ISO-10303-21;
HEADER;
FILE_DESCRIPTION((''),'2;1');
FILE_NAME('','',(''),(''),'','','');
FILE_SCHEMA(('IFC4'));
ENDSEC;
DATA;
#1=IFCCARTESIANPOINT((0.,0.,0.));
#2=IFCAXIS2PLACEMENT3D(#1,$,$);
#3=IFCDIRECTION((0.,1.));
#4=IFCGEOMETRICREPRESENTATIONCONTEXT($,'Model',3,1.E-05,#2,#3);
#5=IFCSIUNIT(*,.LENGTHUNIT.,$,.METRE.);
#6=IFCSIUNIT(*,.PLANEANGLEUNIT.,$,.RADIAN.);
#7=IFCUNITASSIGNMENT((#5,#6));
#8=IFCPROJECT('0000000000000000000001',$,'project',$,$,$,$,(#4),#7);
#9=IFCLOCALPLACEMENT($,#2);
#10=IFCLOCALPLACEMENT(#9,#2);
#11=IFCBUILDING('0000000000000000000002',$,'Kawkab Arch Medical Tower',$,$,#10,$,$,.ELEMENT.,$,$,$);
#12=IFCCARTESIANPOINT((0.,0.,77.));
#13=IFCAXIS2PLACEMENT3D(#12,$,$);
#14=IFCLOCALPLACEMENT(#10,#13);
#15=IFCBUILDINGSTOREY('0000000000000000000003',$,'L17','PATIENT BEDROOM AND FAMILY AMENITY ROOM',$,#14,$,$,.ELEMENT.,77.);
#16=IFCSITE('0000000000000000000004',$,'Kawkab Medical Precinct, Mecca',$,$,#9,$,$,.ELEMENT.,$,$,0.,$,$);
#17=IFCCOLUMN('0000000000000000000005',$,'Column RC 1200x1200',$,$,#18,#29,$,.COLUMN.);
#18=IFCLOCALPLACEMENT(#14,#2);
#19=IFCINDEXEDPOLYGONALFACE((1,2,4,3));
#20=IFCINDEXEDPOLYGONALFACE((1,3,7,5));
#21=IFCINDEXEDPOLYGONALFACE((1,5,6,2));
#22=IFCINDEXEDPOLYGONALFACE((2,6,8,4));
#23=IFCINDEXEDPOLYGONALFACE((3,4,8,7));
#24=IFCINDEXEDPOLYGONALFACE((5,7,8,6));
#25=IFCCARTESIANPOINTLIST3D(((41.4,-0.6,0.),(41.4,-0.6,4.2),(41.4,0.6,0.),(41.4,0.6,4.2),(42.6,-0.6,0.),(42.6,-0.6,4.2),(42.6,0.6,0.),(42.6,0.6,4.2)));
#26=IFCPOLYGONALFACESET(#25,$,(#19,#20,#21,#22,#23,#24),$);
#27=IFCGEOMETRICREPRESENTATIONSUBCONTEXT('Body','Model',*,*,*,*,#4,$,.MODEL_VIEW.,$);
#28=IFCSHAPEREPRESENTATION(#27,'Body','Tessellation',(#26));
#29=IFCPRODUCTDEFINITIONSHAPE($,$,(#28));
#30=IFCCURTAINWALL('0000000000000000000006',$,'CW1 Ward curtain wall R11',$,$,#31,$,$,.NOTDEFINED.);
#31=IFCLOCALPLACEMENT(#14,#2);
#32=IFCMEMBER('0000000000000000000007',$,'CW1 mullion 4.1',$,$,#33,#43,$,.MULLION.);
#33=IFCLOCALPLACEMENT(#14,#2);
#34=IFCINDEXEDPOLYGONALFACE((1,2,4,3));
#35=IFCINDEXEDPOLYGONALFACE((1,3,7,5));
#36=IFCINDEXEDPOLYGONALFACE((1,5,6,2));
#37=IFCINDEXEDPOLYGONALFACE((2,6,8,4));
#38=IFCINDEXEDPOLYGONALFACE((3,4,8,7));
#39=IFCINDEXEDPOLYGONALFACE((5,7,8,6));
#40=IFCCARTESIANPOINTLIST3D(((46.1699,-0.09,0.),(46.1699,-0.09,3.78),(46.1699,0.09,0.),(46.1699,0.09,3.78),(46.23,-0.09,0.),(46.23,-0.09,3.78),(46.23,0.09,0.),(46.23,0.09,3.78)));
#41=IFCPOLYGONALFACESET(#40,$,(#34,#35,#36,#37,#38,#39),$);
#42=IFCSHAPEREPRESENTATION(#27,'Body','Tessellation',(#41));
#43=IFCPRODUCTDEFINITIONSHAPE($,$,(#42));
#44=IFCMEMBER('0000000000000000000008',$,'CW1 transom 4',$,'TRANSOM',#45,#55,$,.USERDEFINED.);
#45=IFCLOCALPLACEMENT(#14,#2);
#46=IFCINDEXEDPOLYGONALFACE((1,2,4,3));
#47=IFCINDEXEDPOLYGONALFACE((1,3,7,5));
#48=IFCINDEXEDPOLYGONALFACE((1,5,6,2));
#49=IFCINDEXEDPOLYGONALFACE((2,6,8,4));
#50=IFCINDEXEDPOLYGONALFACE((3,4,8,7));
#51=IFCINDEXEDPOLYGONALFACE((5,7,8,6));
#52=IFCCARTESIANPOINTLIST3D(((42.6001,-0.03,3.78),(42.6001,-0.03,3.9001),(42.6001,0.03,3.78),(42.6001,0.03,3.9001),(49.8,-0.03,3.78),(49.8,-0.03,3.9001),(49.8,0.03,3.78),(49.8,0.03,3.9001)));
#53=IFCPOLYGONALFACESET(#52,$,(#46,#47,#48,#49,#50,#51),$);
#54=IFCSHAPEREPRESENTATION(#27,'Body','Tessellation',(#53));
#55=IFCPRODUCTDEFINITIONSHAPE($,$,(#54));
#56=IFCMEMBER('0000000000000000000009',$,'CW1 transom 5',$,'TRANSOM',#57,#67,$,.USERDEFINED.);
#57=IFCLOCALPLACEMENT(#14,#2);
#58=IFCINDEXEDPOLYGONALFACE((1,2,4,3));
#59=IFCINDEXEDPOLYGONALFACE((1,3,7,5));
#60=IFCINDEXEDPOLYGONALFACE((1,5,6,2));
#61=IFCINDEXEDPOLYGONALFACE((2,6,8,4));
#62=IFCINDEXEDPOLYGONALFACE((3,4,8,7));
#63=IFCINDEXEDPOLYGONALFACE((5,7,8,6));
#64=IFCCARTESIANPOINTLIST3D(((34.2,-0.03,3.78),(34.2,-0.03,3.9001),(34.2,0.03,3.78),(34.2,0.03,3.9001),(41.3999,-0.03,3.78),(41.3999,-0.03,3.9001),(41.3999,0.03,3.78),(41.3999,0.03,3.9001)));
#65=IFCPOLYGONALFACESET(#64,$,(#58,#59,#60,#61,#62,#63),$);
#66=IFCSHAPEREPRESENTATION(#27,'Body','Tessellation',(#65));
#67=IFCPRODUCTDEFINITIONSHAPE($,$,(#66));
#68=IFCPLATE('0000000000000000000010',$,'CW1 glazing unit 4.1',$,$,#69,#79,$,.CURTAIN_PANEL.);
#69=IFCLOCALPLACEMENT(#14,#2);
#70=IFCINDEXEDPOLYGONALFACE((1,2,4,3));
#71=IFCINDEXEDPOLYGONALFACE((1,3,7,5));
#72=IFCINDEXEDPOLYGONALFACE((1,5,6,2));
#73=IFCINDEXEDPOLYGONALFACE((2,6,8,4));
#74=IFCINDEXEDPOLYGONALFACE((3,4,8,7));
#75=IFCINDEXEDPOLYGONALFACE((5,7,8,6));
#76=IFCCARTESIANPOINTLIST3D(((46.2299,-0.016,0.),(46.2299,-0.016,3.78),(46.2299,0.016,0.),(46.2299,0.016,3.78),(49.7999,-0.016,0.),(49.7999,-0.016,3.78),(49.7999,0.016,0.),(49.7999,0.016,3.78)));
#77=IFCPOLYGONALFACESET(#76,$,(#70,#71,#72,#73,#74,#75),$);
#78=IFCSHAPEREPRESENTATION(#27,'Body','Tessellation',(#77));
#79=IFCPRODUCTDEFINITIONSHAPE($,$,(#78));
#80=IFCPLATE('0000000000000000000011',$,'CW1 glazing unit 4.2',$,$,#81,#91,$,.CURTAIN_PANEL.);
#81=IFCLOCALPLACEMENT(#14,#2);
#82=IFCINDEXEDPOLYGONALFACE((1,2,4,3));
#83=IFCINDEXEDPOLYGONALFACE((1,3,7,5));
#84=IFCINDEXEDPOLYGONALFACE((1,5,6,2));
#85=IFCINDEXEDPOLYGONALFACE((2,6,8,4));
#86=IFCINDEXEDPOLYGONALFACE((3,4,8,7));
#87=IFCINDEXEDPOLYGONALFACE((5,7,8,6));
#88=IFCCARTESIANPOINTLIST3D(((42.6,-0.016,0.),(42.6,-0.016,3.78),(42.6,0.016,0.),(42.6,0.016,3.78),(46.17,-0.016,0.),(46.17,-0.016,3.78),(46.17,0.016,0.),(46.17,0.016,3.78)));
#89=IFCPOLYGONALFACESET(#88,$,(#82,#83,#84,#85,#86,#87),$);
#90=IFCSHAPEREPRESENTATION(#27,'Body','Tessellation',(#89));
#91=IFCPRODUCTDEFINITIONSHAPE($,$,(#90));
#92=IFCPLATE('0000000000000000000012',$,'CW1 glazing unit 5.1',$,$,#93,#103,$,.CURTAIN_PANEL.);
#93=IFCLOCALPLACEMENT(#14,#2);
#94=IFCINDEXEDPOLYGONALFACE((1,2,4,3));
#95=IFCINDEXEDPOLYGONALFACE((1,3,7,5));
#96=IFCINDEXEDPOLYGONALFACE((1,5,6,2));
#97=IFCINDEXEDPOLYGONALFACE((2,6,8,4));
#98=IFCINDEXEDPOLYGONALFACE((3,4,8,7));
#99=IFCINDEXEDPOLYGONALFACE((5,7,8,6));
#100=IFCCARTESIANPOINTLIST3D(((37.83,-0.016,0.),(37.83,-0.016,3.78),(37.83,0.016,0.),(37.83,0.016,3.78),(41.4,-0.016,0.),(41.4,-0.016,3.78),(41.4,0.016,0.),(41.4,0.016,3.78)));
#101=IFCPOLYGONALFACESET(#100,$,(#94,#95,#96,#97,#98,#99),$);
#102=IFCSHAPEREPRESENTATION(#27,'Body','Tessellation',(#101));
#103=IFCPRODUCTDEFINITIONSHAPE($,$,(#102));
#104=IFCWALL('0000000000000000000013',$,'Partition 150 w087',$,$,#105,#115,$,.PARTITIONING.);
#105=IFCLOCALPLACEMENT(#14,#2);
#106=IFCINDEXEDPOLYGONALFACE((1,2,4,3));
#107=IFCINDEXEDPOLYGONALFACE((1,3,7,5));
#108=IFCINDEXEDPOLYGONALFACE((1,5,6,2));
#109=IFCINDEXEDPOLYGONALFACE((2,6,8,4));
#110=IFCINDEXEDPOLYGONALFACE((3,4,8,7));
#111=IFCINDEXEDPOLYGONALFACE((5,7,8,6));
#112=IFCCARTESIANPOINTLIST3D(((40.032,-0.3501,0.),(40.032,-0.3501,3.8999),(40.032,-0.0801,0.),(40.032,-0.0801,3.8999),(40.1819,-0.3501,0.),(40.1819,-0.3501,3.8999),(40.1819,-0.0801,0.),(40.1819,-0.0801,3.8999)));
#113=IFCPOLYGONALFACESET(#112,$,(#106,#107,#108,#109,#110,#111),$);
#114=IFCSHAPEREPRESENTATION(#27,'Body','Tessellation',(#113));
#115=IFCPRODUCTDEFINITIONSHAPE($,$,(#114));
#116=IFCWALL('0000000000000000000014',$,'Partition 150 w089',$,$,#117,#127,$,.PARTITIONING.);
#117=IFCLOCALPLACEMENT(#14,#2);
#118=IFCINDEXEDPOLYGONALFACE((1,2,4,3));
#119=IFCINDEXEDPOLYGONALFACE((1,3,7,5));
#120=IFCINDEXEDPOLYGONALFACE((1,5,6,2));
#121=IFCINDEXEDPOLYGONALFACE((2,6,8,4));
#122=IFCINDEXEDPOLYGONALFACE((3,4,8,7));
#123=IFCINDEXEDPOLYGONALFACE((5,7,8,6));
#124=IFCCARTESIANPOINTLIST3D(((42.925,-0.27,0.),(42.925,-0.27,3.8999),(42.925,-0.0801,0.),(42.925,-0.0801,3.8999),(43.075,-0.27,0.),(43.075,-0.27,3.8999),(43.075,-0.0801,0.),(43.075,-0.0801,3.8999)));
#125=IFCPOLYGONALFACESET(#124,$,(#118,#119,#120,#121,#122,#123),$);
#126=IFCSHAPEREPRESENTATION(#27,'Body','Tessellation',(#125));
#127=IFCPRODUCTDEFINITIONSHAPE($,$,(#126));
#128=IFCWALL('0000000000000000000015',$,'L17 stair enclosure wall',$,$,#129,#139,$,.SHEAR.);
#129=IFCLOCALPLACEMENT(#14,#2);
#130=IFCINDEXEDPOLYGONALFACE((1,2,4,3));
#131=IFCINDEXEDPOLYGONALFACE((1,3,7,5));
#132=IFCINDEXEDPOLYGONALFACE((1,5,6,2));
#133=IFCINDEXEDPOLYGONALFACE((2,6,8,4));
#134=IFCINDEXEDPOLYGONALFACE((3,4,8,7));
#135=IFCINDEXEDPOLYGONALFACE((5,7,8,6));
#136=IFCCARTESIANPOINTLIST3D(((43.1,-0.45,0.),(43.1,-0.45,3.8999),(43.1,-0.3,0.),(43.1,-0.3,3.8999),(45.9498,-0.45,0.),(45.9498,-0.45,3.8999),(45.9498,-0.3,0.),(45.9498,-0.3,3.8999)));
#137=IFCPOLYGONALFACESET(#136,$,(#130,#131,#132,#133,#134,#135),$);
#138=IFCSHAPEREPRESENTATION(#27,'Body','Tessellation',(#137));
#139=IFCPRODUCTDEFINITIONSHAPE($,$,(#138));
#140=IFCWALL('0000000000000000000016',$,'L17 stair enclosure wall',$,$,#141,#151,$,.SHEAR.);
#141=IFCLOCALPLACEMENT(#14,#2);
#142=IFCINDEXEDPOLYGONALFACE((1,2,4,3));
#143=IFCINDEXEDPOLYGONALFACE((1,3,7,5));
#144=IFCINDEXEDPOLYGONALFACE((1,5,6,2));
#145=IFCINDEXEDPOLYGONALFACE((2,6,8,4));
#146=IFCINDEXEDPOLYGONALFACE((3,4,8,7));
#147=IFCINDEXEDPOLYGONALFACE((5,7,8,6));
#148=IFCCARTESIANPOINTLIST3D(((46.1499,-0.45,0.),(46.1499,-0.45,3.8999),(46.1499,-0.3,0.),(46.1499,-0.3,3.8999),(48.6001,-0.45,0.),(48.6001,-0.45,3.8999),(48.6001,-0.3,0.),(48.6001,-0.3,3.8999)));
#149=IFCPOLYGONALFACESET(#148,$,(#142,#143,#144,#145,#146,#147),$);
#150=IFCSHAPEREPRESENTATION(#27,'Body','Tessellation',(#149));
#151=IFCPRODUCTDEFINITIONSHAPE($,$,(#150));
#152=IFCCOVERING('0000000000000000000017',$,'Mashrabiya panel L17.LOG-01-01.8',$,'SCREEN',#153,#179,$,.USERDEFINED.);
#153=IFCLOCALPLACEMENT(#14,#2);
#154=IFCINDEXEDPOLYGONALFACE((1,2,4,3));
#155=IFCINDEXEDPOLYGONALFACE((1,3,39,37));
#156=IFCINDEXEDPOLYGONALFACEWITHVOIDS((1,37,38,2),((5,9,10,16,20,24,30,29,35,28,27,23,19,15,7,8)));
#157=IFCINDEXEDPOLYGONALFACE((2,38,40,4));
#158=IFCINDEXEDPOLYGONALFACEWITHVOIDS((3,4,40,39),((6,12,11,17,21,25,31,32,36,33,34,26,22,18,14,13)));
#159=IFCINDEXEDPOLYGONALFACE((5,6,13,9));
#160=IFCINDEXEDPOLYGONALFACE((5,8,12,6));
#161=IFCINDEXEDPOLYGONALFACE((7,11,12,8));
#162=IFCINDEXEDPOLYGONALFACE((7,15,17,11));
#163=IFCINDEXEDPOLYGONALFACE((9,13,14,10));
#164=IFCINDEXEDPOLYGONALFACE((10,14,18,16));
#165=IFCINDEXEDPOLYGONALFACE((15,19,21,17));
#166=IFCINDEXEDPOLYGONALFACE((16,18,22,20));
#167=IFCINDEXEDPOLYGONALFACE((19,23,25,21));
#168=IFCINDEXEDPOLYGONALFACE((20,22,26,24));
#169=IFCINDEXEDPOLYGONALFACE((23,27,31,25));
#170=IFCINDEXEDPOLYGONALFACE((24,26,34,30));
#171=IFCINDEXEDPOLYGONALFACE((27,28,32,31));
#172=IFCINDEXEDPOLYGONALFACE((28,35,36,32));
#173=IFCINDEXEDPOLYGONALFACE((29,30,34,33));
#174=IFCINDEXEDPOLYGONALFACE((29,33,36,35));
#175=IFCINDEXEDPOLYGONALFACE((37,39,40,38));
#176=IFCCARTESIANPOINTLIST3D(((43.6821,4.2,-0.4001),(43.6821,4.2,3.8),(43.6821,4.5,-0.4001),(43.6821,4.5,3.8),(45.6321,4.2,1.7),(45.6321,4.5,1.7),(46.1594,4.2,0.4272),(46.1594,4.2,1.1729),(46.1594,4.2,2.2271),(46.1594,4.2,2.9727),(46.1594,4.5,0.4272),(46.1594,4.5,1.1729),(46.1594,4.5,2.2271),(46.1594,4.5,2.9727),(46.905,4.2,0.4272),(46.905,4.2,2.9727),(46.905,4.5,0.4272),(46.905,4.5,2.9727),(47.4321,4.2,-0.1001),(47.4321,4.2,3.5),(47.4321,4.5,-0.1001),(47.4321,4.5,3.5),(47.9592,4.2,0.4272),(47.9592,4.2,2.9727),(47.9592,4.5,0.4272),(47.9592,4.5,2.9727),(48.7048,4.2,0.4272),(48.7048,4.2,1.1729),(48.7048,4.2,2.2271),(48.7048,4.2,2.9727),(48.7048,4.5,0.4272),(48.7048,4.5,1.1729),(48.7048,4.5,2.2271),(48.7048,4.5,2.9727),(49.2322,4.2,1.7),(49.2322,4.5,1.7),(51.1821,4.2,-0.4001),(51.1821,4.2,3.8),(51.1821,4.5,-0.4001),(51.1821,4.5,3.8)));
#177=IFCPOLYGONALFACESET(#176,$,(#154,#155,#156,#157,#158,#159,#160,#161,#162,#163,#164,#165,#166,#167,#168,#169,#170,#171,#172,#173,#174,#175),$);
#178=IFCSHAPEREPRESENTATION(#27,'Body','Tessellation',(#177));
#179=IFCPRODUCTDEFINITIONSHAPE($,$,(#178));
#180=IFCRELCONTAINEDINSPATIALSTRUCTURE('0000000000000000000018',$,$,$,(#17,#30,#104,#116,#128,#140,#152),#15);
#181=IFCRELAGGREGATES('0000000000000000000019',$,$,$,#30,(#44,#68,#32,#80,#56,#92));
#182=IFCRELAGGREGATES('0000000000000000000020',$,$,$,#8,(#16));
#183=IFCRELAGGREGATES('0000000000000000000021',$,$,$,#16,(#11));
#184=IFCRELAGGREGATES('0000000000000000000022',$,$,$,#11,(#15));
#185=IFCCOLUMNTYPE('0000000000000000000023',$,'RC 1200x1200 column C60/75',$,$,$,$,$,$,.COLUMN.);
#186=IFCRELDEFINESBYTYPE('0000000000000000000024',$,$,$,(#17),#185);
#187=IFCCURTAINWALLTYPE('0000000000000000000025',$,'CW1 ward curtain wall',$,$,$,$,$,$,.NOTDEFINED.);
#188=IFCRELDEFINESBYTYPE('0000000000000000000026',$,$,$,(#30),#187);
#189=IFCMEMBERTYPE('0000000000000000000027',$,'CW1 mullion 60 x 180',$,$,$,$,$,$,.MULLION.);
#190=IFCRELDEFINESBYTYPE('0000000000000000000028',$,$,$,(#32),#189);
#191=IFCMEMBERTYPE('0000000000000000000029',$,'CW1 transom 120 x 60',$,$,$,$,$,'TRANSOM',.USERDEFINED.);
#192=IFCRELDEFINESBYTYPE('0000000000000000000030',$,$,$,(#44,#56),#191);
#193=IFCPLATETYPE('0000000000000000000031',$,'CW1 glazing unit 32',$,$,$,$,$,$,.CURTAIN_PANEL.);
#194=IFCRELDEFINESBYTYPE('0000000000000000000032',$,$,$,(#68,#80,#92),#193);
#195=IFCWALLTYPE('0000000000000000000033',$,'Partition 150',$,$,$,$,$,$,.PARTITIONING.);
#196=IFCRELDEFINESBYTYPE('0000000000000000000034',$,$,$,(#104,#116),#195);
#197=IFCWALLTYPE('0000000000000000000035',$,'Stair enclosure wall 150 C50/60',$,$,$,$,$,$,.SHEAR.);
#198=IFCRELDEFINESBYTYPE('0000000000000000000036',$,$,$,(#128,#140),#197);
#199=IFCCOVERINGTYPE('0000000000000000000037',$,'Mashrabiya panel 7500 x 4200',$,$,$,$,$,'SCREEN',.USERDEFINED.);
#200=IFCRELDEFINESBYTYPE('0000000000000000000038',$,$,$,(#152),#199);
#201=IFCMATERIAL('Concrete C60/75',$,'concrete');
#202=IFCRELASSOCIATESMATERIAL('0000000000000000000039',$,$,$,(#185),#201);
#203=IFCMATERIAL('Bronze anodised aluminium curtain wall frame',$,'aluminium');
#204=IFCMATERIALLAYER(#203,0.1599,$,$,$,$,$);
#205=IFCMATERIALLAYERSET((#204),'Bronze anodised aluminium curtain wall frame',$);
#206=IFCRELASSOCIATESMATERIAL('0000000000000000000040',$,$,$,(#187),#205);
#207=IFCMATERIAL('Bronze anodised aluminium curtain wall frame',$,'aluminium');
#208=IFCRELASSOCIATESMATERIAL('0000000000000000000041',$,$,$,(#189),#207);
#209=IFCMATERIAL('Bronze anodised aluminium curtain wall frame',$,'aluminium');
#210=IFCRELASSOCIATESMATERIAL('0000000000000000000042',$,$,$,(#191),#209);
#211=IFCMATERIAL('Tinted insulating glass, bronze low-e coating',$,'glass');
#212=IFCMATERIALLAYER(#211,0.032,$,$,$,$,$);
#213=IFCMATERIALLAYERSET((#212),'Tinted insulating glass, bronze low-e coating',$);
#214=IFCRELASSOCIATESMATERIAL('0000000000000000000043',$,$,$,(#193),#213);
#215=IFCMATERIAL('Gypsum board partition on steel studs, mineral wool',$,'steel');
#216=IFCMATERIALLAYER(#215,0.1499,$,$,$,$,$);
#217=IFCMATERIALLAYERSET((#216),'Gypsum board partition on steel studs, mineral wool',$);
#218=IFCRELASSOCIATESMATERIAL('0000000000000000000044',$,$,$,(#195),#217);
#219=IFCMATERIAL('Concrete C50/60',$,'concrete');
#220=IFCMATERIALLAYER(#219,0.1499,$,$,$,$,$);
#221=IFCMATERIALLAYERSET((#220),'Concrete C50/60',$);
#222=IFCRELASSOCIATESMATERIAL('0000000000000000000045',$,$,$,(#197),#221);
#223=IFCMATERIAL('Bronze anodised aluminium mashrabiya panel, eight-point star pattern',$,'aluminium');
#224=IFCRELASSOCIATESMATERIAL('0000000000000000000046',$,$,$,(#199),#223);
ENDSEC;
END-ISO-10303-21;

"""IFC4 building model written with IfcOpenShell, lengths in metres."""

from ifc_helpers import new_model, si_unit, direction, frame, frame_2d, origin, origin_2d, place, context, subcontext, project, spatial, polyline, rectangle, outline, extrude, material, layer, layer_set, material_profile, profile_set, type_object, element, aggregate, save


model = new_model("IFC4")

# Units and contexts
model_context = context("Model", 3, precision=1e-05, world=origin(), true_north=direction((0.0, 1.0)))
body_context = subcontext(model_context, "Body", "Model", "MODEL_VIEW")
ifc_project = project(units=[si_unit("LENGTHUNIT", "METRE"), si_unit("PLANEANGLEUNIT", "RADIAN")], contexts=[model_context])

# Site, building, storey
site_placement = place(None, origin())
site = spatial("IfcSite", under=ifc_project, at=site_placement, Name="Kawkab Medical Precinct, Mecca", CompositionType="ELEMENT", RefElevation=0.0)
building_placement = place(site_placement, origin())
building = spatial("IfcBuilding", under=site, at=building_placement, Name="Kawkab Arch Medical Tower", CompositionType="ELEMENT")
storey_placement = place(building_placement, frame((0.0, 0.0, 77.0)))
storey = spatial("IfcBuildingStorey", under=building, at=storey_placement, Name="L17", Description="PATIENT BEDROOM AND FAMILY AMENITY ROOM", CompositionType="ELEMENT", Elevation=77.0)

# Column
ifc_material_1 = material(Name="Concrete C60/75", Category="concrete")
ifc_material_profile_1 = material_profile(ifc_material_1, rectangle(XDim=1.2, YDim=1.2, at=origin_2d()), Name="RC 1200x1200")
ifc_profile_set_1 = profile_set([ifc_material_profile_1], Name="Concrete C60/75")
column_type = type_object("IfcColumnType", Name="RC 1200x1200 column C60/75", PredefinedType="COLUMN", material=ifc_profile_set_1)
column_placement = place(storey_placement, frame((42.0, 0.0, 0.0), z_axis=(0.0, 0.0, 1.0), x_axis=(1.0, 0.0, 0.0)))
element("IfcColumn", 1, at=column_placement, inside=storey, type_object=column_type, Name="Column RC 1200x1200", PredefinedType="COLUMN", context=body_context, shape_type="SweptSolid", body=[
    extrude(rectangle(XDim=1.2, YDim=1.2, at=origin_2d()), origin(), (0.0, 0.0, 1.0), 4.2),
])

# Curtain wall, members, plates
ifc_material_2 = material(Name="Bronze anodised aluminium curtain wall frame", Category="aluminium")
ifc_layer_1 = layer(ifc_material_2, 0.1599)
ifc_layer_set_1 = layer_set([ifc_layer_1], Name="Bronze anodised aluminium curtain wall frame")
curtain_wall_type = type_object("IfcCurtainWallType", Name="CW1 ward curtain wall", PredefinedType="NOTDEFINED", material=ifc_layer_set_1)
curtain_wall_placement = place(storey_placement, origin())
curtain_wall = element("IfcCurtainWall", 2, at=curtain_wall_placement, inside=storey, type_object=curtain_wall_type, Name="CW1 Ward curtain wall R11", PredefinedType="NOTDEFINED")
ifc_material_3 = material(Name="Bronze anodised aluminium curtain wall frame", Category="aluminium")
ifc_material_profile_2 = material_profile(ifc_material_3, rectangle(XDim=0.1799, YDim=0.0601, at=origin_2d()), Name="AL 60x180")
ifc_profile_set_2 = profile_set([ifc_material_profile_2], Name="Bronze anodised aluminium curtain wall frame")
member_type_1 = type_object("IfcMemberType", Name="CW1 mullion 60 x 180", PredefinedType="MULLION", material=ifc_profile_set_2)
member_1_placement = place(storey_placement, frame((46.2, 0.0, 0.0), z_axis=(0.0, 0.0, 1.0), x_axis=(0.0, -1.0, 0.0)))
member_1 = element("IfcMember", 3, at=member_1_placement, type_object=member_type_1, Name="CW1 mullion 4.1", PredefinedType="MULLION", context=body_context, shape_type="SweptSolid", body=[
    extrude(rectangle(XDim=0.1799, YDim=0.0601, at=origin_2d()), origin(), (0.0, 0.0, 1.0), 3.78),
])
ifc_material_4 = material(Name="Bronze anodised aluminium curtain wall frame", Category="aluminium")
ifc_material_profile_3 = material_profile(ifc_material_4, rectangle(XDim=0.0601, YDim=0.1201, at=origin_2d()), Name="AL 60x120")
ifc_profile_set_3 = profile_set([ifc_material_profile_3], Name="Bronze anodised aluminium curtain wall frame")
member_type_2 = type_object("IfcMemberType", Name="CW1 transom 120 x 60", ElementType="TRANSOM", PredefinedType="USERDEFINED", material=ifc_profile_set_3)
member_2_placement = place(storey_placement, frame((49.8, 0.0, 3.8401), z_axis=(-1.0, 0.0, 0.0), x_axis=(0.0, -1.0, 0.0)))
member_2 = element("IfcMember", 4, at=member_2_placement, type_object=member_type_2, Name="CW1 transom 4", ObjectType="TRANSOM", PredefinedType="USERDEFINED", context=body_context, shape_type="SweptSolid", body=[
    extrude(rectangle(XDim=0.0601, YDim=0.1201, at=origin_2d()), origin(), (0.0, 0.0, 1.0), 7.2),
])
member_3_placement = place(storey_placement, frame((41.3999, 0.0, 3.8401), z_axis=(-1.0, 0.0, 0.0), x_axis=(0.0, -1.0, 0.0)))
member_3 = element("IfcMember", 5, at=member_3_placement, type_object=member_type_2, Name="CW1 transom 5", ObjectType="TRANSOM", PredefinedType="USERDEFINED", context=body_context, shape_type="SweptSolid", body=[
    extrude(rectangle(XDim=0.0601, YDim=0.1201, at=origin_2d()), origin(), (0.0, 0.0, 1.0), 7.2),
])
ifc_material_5 = material(Name="Tinted insulating glass, bronze low-e coating", Category="glass")
ifc_layer_2 = layer(ifc_material_5, 0.032)
ifc_layer_set_2 = layer_set([ifc_layer_2], Name="Tinted insulating glass, bronze low-e coating")
plate_type = type_object("IfcPlateType", Name="CW1 glazing unit 32", PredefinedType="CURTAIN_PANEL", material=ifc_layer_set_2)
plate_1_placement = place(storey_placement, frame((48.0149, 0.0, 0.0), z_axis=(0.0, 0.0, 1.0), x_axis=(-1.0, 0.0, 0.0)))
plate_1 = element("IfcPlate", 6, at=plate_1_placement, type_object=plate_type, Name="CW1 glazing unit 4.1", PredefinedType="CURTAIN_PANEL", context=body_context, shape_type="SweptSolid", body=[
    extrude(rectangle(XDim=3.5701, YDim=0.032, at=origin_2d()), origin(), (0.0, 0.0, 1.0), 3.78),
])
plate_2_placement = place(storey_placement, frame((44.385, 0.0, 0.0), z_axis=(0.0, 0.0, 1.0), x_axis=(-1.0, 0.0, 0.0)))
plate_2 = element("IfcPlate", 7, at=plate_2_placement, type_object=plate_type, Name="CW1 glazing unit 4.2", PredefinedType="CURTAIN_PANEL", context=body_context, shape_type="SweptSolid", body=[
    extrude(rectangle(XDim=3.5701, YDim=0.032, at=origin_2d()), origin(), (0.0, 0.0, 1.0), 3.78),
])
plate_3_placement = place(storey_placement, frame((39.615, 0.0, 0.0), z_axis=(0.0, 0.0, 1.0), x_axis=(-1.0, 0.0, 0.0)))
plate_3 = element("IfcPlate", 8, at=plate_3_placement, type_object=plate_type, Name="CW1 glazing unit 5.1", PredefinedType="CURTAIN_PANEL", context=body_context, shape_type="SweptSolid", body=[
    extrude(rectangle(XDim=3.5701, YDim=0.032, at=origin_2d()), origin(), (0.0, 0.0, 1.0), 3.78),
])
aggregate(curtain_wall, [member_2, plate_1, member_1, plate_2, member_3, plate_3])

# Walls
ifc_material_6 = material(Name="Gypsum board partition on steel studs, mineral wool", Category="steel")
ifc_layer_3 = layer(ifc_material_6, 0.1499)
ifc_layer_set_3 = layer_set([ifc_layer_3], Name="Gypsum board partition on steel studs, mineral wool")
wall_type_1 = type_object("IfcWallType", Name="Partition 150", PredefinedType="PARTITIONING", material=ifc_layer_set_3)
wall_1_placement = place(storey_placement, frame((40.1069, -0.3501, 0.0), z_axis=(0.0, 0.0, 1.0), x_axis=(0.0, 1.0, 0.0)))
element("IfcWall", 9, at=wall_1_placement, inside=storey, type_object=wall_type_1, Name="Partition 150 w087", PredefinedType="PARTITIONING", context=body_context, shape_type="SweptSolid", body=[
    extrude(rectangle(XDim=0.27, YDim=0.1499, at=frame_2d((0.135, 0.0))), origin(), (0.0, 0.0, 1.0), 3.8999),
])
wall_2_placement = place(storey_placement, frame((43.0, -0.27, 0.0), z_axis=(0.0, 0.0, 1.0), x_axis=(0.0, 1.0, 0.0)))
element("IfcWall", 10, at=wall_2_placement, inside=storey, type_object=wall_type_1, Name="Partition 150 w089", PredefinedType="PARTITIONING", context=body_context, shape_type="SweptSolid", body=[
    extrude(rectangle(XDim=0.1899, YDim=0.1499, at=frame_2d((0.095, 0.0))), origin(), (0.0, 0.0, 1.0), 3.8999),
])
ifc_material_7 = material(Name="Concrete C50/60", Category="concrete")
ifc_layer_4 = layer(ifc_material_7, 0.1499)
ifc_layer_set_4 = layer_set([ifc_layer_4], Name="Concrete C50/60")
wall_type_2 = type_object("IfcWallType", Name="Stair enclosure wall 150 C50/60", PredefinedType="SHEAR", material=ifc_layer_set_4)
wall_3_placement = place(storey_placement, frame((43.1001, -0.375, 0.0), z_axis=(0.0, 0.0, 1.0), x_axis=(1.0, 0.0, 0.0)))
element("IfcWall", 11, at=wall_3_placement, inside=storey, type_object=wall_type_2, Name="L17 stair enclosure wall", PredefinedType="SHEAR", context=body_context, shape_type="SweptSolid", body=[
    extrude(rectangle(XDim=2.8499, YDim=0.1499, at=frame_2d((1.4248, 0.0))), origin(), (0.0, 0.0, 1.0), 3.8999),
])
wall_4_placement = place(storey_placement, frame((46.1499, -0.375, 0.0), z_axis=(0.0, 0.0, 1.0), x_axis=(1.0, 0.0, 0.0)))
element("IfcWall", 12, at=wall_4_placement, inside=storey, type_object=wall_type_2, Name="L17 stair enclosure wall", PredefinedType="SHEAR", context=body_context, shape_type="SweptSolid", body=[
    extrude(rectangle(XDim=2.4502, YDim=0.1499, at=frame_2d((1.2251, 0.0))), origin(), (0.0, 0.0, 1.0), 3.8999),
])

# Covering
ifc_material_8 = material(Name="Bronze anodised aluminium mashrabiya panel, eight-point star pattern", Category="aluminium")
ifc_material_profile_4 = material_profile(ifc_material_8, outline(polyline([(-3.75, -2.1001), (3.75, -2.1001), (3.75, 2.1001), (-3.75, 2.1001), (-3.75, -2.1001)]), holes=[polyline([(1.8, 0.0), (1.2727, 0.5271), (1.2727, 1.2727), (0.5271, 1.2727), (0.0, 1.8), (-0.5271, 1.2727), (-1.2727, 1.2727), (-1.2727, 0.5271), (-1.8, 0.0), (-1.2727, -0.5271), (-1.2727, -1.2727), (-0.5271, -1.2727), (0.0, -1.8), (0.5271, -1.2727), (1.2727, -1.2727), (1.2727, -0.5271), (1.8, 0.0)])]), Name="Mashrabiya panel 7500x4200")
ifc_profile_set_4 = profile_set([ifc_material_profile_4], Name="Bronze anodised aluminium mashrabiya panel, eight-point star pattern")
covering_type_1 = type_object("IfcCoveringType", Name="Mashrabiya panel 7500 x 4200", ElementType="SCREEN", PredefinedType="USERDEFINED", material=ifc_profile_set_4)
covering_1_placement = place(storey_placement, frame((47.4321, 4.2, 1.7), z_axis=(0.0, 1.0, 0.0), x_axis=(-1.0, 0.0, 0.0)))
element("IfcCovering", 13, at=covering_1_placement, inside=storey, type_object=covering_type_1, Name="Mashrabiya panel L17.LOG-01-01.8", ObjectType="SCREEN", PredefinedType="USERDEFINED", context=body_context, shape_type="SweptSolid", body=[
    extrude(outline(polyline([(-3.75, -2.1001), (3.75, -2.1001), (3.75, 2.1001), (-3.75, 2.1001), (-3.75, -2.1001)]), holes=[polyline([(1.8, 0.0), (1.2727, 0.5271), (1.2727, 1.2727), (0.5271, 1.2727), (0.0, 1.8), (-0.5271, 1.2727), (-1.2727, 1.2727), (-1.2727, 0.5271), (-1.8, 0.0), (-1.2727, -0.5271), (-1.2727, -1.2727), (-0.5271, -1.2727), (0.0, -1.8), (0.5271, -1.2727), (1.2727, -1.2727), (1.2727, -0.5271), (1.8, 0.0)])]), origin(), (0.0, 0.0, 1.0), 0.3),
])

save(model, "model.ifc")
